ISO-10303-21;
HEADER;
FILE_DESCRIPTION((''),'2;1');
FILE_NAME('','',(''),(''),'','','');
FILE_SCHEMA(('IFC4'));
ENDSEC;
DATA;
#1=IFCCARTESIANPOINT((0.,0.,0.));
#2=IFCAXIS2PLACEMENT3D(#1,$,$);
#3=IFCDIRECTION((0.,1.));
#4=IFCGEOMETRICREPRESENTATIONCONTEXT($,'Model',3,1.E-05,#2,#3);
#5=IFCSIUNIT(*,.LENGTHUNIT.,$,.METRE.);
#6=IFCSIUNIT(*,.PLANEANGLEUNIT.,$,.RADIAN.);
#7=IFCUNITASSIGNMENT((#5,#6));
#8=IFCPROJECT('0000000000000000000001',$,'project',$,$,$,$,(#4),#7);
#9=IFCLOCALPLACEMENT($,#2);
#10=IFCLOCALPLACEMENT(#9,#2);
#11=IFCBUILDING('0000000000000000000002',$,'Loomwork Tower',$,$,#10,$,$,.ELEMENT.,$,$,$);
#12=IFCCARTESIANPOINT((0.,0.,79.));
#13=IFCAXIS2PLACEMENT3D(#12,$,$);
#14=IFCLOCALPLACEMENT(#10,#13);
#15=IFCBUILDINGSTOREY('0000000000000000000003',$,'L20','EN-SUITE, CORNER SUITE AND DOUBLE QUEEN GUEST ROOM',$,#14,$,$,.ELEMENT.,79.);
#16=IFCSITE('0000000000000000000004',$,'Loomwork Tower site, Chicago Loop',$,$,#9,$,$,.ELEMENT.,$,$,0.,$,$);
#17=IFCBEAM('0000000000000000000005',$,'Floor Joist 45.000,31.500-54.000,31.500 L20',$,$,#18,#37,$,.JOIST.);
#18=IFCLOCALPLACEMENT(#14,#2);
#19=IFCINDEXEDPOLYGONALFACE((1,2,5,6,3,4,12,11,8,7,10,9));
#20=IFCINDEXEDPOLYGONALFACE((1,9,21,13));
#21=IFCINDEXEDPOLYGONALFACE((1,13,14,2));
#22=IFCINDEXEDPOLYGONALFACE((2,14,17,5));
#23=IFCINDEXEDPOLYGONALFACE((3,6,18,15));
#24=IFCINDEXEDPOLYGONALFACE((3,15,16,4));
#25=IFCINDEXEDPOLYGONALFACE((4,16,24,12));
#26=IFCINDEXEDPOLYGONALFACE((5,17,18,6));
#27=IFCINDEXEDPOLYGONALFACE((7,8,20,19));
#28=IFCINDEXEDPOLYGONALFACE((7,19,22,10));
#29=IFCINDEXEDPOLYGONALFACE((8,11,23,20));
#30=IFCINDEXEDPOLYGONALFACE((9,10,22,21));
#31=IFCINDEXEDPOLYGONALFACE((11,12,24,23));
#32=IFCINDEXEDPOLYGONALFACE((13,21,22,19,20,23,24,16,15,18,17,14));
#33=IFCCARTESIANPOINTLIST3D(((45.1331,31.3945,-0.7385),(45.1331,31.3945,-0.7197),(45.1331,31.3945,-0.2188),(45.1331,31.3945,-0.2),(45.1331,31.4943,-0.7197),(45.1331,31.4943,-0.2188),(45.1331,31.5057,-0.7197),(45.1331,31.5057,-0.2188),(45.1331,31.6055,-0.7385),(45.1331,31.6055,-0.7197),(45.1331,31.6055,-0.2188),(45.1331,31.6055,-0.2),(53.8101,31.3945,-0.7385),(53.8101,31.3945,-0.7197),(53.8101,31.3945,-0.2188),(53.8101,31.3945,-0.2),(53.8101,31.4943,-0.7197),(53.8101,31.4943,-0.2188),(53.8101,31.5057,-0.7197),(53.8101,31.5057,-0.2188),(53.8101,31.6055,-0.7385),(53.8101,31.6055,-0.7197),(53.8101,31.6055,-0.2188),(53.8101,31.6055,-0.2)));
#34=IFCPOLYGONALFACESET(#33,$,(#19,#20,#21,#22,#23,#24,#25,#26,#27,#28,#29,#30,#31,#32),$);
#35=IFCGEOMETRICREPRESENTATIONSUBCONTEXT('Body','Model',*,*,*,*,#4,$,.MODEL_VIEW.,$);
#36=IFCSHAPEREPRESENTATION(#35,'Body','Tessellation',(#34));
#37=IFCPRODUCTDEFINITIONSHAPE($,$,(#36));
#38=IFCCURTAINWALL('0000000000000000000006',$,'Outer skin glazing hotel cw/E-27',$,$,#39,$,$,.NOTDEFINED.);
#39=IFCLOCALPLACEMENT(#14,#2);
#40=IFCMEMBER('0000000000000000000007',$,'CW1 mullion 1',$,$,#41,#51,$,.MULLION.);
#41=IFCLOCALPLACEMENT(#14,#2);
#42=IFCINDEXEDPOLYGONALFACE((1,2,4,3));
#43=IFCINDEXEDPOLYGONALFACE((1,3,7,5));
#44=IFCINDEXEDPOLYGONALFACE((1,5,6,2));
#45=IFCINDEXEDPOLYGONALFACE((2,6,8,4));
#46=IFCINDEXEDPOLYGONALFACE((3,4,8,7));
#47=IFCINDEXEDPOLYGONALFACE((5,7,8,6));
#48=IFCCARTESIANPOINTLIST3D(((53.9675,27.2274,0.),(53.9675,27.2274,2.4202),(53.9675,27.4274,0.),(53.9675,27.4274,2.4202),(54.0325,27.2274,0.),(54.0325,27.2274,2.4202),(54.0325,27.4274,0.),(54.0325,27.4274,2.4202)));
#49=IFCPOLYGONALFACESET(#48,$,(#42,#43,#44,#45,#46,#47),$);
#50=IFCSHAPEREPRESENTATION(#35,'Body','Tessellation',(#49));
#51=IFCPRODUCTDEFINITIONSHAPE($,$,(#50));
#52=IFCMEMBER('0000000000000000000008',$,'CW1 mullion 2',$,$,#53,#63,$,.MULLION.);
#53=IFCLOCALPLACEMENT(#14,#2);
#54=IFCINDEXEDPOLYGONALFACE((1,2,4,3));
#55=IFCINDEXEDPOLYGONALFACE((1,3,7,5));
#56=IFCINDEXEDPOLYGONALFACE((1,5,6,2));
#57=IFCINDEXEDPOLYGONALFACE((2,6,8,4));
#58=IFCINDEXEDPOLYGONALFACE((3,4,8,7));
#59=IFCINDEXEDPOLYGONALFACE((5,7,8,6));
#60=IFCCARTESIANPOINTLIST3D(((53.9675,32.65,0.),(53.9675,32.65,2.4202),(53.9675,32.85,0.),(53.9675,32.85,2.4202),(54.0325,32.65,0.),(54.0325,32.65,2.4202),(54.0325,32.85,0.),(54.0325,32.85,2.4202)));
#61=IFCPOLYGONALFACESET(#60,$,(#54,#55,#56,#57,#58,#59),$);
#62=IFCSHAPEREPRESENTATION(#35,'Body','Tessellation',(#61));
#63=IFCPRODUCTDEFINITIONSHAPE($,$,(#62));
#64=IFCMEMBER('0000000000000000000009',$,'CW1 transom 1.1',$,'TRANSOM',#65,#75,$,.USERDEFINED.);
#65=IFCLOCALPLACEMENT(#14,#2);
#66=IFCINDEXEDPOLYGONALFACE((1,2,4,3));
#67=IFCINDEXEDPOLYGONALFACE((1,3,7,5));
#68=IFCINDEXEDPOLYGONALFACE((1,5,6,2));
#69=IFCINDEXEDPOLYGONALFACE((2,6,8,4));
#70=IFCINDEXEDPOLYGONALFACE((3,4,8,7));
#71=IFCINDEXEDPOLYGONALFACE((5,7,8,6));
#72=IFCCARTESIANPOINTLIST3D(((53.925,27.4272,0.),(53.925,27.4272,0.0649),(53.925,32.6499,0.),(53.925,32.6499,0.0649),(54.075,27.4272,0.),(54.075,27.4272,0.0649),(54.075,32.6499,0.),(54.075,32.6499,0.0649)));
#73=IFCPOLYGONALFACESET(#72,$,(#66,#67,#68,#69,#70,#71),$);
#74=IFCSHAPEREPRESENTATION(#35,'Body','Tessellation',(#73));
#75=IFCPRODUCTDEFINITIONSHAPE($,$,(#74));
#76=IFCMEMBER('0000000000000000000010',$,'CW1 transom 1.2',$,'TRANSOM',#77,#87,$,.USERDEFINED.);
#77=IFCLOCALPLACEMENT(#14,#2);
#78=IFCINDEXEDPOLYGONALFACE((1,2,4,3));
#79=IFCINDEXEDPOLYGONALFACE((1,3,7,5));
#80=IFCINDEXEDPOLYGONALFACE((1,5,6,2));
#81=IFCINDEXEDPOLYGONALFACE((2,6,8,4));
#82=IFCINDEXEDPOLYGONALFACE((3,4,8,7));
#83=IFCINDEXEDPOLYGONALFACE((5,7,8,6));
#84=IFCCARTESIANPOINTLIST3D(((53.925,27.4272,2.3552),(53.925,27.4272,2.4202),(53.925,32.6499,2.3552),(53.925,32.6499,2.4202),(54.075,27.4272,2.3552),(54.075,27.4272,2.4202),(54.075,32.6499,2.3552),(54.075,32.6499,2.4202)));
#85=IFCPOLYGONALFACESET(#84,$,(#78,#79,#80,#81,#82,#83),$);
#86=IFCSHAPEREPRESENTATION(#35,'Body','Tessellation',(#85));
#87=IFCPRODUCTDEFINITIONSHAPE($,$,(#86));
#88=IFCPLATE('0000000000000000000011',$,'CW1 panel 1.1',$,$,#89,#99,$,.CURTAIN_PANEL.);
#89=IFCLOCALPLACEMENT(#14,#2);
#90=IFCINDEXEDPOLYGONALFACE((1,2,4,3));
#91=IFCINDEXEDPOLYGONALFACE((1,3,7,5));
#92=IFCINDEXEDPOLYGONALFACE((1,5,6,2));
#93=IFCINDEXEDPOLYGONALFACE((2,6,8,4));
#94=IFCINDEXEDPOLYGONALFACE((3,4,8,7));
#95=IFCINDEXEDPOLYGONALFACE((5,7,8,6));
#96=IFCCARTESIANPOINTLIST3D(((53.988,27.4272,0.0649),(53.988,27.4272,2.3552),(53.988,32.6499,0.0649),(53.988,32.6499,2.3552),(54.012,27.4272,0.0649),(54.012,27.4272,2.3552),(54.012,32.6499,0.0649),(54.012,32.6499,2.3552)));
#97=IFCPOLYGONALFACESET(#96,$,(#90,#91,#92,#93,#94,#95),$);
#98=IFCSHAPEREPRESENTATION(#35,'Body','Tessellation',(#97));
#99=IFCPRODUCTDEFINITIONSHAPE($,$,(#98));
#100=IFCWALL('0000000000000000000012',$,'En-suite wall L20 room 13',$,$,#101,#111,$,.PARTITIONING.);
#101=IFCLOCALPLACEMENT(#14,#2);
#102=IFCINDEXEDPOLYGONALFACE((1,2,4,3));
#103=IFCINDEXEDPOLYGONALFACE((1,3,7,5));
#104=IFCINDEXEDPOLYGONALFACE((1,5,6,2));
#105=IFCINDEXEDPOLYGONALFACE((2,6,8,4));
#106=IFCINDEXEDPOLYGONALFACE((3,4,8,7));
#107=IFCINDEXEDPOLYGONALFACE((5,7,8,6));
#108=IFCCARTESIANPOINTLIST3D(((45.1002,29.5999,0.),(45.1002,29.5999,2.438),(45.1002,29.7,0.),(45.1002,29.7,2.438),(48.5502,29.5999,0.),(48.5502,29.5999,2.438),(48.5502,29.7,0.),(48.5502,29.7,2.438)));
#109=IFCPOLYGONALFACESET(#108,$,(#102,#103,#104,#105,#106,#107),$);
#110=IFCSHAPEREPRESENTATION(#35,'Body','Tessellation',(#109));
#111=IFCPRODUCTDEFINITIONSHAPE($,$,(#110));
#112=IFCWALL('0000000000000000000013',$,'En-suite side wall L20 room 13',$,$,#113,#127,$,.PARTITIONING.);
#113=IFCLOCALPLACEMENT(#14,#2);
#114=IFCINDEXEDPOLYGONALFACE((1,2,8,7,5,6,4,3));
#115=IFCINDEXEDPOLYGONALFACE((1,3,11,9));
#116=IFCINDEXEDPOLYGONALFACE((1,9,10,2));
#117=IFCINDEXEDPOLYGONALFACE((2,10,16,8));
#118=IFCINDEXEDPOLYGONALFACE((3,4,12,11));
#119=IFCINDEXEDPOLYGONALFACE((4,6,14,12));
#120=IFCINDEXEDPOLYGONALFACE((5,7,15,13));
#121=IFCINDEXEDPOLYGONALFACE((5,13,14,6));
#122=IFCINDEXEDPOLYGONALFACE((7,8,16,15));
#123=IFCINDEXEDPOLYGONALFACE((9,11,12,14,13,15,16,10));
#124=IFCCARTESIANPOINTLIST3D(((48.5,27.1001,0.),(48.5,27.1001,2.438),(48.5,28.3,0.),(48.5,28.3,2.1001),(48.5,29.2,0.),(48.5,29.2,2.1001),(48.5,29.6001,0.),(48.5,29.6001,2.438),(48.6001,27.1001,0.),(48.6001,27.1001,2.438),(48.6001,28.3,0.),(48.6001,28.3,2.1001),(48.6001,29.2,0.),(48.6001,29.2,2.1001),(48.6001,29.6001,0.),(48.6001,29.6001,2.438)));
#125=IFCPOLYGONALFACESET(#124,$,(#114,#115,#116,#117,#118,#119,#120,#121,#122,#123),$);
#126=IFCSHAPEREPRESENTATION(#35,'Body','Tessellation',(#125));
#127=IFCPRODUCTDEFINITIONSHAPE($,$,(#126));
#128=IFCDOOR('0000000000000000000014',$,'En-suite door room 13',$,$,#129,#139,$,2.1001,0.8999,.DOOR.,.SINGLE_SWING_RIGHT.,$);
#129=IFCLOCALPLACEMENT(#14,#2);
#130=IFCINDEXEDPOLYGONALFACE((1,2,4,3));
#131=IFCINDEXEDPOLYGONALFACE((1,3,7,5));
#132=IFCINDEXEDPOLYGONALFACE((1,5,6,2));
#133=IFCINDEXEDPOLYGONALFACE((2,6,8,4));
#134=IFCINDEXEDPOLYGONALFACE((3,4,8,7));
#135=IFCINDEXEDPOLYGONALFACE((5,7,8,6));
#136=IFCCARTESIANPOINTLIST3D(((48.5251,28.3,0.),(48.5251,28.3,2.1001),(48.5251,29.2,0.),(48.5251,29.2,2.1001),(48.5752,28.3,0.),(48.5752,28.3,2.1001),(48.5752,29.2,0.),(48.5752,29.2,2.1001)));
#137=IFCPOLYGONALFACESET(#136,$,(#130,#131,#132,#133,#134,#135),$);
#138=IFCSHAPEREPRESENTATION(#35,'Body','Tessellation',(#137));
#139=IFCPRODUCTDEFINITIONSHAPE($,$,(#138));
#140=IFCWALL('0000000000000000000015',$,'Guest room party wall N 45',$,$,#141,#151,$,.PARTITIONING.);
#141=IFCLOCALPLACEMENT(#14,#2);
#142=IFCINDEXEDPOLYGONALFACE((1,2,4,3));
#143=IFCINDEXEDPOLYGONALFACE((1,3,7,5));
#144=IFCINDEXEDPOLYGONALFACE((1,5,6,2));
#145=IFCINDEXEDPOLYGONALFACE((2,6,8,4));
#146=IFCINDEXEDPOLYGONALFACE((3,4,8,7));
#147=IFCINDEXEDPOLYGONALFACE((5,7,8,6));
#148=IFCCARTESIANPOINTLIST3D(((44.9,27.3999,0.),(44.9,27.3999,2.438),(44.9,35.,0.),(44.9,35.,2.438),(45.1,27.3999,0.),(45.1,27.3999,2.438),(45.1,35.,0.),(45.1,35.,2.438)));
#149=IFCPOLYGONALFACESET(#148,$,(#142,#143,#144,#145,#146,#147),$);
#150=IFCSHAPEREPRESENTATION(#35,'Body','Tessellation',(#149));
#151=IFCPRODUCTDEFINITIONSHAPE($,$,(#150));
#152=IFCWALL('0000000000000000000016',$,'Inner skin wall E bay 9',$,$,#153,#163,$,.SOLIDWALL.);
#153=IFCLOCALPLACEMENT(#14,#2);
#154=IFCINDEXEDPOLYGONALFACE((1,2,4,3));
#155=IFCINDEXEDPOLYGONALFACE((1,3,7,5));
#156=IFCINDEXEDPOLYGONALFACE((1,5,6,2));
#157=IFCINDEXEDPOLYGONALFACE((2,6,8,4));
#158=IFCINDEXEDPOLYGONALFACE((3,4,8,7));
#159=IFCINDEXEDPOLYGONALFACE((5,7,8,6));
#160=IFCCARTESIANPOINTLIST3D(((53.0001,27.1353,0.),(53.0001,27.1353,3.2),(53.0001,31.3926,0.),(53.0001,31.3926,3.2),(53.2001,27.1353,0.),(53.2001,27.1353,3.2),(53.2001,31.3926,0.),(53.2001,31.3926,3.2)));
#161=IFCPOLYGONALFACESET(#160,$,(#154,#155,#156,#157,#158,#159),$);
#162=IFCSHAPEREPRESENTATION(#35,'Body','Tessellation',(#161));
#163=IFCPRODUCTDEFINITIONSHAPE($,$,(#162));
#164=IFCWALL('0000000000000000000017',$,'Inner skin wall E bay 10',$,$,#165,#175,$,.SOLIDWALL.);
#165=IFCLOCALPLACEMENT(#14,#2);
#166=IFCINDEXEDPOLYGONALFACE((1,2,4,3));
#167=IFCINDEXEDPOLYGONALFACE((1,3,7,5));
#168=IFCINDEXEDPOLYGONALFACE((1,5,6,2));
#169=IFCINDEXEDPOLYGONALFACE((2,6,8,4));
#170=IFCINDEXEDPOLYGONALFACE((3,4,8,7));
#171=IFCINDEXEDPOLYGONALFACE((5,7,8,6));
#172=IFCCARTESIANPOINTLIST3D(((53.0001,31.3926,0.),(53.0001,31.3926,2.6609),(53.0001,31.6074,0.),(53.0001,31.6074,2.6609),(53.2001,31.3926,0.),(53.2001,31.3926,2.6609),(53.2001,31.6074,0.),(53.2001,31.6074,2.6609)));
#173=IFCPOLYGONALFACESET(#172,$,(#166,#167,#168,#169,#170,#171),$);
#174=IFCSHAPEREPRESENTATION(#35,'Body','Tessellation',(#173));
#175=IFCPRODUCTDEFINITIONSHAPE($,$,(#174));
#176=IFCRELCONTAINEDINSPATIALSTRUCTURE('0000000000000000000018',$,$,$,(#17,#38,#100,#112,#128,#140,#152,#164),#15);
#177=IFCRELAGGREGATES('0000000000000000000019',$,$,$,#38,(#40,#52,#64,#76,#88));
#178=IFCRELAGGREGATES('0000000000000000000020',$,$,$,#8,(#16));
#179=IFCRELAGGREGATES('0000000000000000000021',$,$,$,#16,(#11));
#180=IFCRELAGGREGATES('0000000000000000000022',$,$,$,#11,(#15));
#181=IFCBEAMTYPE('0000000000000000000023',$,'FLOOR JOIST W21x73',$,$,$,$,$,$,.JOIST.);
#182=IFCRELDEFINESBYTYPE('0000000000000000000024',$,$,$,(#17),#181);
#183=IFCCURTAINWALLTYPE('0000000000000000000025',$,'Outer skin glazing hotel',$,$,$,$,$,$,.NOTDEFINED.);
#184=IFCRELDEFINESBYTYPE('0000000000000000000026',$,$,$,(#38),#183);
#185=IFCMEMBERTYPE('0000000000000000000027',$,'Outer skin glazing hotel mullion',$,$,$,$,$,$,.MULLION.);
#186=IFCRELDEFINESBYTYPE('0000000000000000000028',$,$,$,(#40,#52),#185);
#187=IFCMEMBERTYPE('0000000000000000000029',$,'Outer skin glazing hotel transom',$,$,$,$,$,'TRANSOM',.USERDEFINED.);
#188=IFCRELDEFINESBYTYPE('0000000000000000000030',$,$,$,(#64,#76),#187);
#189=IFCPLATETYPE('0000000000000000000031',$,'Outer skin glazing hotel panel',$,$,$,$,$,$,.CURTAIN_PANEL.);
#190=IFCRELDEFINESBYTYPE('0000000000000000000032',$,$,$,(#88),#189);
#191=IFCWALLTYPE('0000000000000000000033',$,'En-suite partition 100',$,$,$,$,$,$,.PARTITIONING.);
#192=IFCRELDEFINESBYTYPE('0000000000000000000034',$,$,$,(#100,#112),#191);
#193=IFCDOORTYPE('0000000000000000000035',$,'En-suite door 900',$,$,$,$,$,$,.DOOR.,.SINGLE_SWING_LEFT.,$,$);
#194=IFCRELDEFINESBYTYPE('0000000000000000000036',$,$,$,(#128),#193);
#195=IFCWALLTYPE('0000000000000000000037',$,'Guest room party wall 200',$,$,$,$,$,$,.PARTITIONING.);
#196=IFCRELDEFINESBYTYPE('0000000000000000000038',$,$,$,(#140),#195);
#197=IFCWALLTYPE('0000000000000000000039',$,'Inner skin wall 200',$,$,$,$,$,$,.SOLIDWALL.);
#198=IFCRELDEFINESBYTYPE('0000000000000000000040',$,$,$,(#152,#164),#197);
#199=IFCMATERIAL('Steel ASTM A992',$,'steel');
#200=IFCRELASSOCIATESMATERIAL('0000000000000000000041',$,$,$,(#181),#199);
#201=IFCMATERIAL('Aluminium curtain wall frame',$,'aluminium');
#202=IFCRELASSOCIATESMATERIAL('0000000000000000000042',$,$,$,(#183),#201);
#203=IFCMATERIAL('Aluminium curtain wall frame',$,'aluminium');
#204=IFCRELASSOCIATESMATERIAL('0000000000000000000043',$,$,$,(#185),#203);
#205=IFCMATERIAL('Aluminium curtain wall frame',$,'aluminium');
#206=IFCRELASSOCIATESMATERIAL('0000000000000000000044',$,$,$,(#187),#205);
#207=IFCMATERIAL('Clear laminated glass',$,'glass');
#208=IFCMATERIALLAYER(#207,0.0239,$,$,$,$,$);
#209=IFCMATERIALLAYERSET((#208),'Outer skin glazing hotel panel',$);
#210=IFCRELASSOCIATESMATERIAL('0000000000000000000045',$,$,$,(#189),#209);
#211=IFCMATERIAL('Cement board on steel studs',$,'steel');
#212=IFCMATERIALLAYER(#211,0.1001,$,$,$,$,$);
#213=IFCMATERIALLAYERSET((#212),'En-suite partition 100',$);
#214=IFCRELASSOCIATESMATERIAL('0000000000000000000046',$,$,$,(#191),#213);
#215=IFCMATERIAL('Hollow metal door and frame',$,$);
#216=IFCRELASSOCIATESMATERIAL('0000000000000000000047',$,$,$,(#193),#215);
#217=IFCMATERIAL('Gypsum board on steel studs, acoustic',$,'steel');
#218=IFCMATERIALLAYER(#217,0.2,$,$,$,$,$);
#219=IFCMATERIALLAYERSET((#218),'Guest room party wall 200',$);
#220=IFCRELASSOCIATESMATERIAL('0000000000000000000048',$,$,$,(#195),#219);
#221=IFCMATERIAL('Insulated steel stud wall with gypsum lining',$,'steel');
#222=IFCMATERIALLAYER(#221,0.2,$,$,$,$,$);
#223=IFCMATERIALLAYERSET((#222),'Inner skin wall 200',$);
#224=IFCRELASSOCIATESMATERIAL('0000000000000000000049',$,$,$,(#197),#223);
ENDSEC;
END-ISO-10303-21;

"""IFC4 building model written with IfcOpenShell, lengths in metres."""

from ifc_helpers import new_model, si_unit, direction, frame, frame_2d, origin, origin_2d, place, context, subcontext, project, spatial, rectangle, i_section, extrude, material, layer, layer_set, material_profile, profile_set, type_object, element, fill, aggregate, save


model = new_model("IFC4")

# Units and contexts
model_context = context("Model", 3, precision=1e-05, world=origin(), true_north=direction((0.0, 1.0)))
body_context = subcontext(model_context, "Body", "Model", "MODEL_VIEW")
ifc_project = project(units=[si_unit("LENGTHUNIT", "METRE"), si_unit("PLANEANGLEUNIT", "RADIAN")], contexts=[model_context])

# Site, building, storey
site_placement = place(None, origin())
site = spatial("IfcSite", under=ifc_project, at=site_placement, Name="Loomwork Tower site, Chicago Loop", CompositionType="ELEMENT", RefElevation=0.0)
building_placement = place(site_placement, origin())
building = spatial("IfcBuilding", under=site, at=building_placement, Name="Loomwork Tower", CompositionType="ELEMENT")
storey_placement = place(building_placement, frame((0.0, 0.0, 79.0)))
storey = spatial("IfcBuildingStorey", under=building, at=storey_placement, Name="L20", Description="EN-SUITE, CORNER SUITE AND DOUBLE QUEEN GUEST ROOM", CompositionType="ELEMENT", Elevation=79.0)

# Beam
ifc_material_1 = material(Name="Steel ASTM A992", Category="steel")
ifc_material_profile_1 = material_profile(ifc_material_1, i_section(OverallWidth=0.2109, OverallDepth=0.5386, WebThickness=0.0115, FlangeThickness=0.0188, at=origin_2d()), Name="W21x73")
ifc_profile_set_1 = profile_set([ifc_material_profile_1], Name="Steel ASTM A992")
beam_type = type_object("IfcBeamType", Name="FLOOR JOIST W21x73", PredefinedType="JOIST", material=ifc_profile_set_1)
beam_placement = place(storey_placement, frame((45.1331, 31.5, -0.4692), z_axis=(1.0, 0.0, 0.0), x_axis=(0.0, 1.0, 0.0)))
element("IfcBeam", 1, at=beam_placement, inside=storey, type_object=beam_type, Name="Floor Joist 45.000,31.500-54.000,31.500 L20", PredefinedType="JOIST", context=body_context, shape_type="SweptSolid", body=[
    extrude(i_section(OverallWidth=0.2109, OverallDepth=0.5386, WebThickness=0.0115, FlangeThickness=0.0188, at=origin_2d()), origin(), (0.0, 0.0, 1.0), 8.677),
])

# Curtain wall, members, plate
ifc_material_2 = material(Name="Aluminium curtain wall frame", Category="aluminium")
curtain_wall_type = type_object("IfcCurtainWallType", Name="Outer skin glazing hotel", PredefinedType="NOTDEFINED", material=ifc_material_2)
curtain_wall_placement = place(storey_placement, origin())
curtain_wall = element("IfcCurtainWall", 2, at=curtain_wall_placement, inside=storey, type_object=curtain_wall_type, Name="Outer skin glazing hotel cw/E-27", PredefinedType="NOTDEFINED")
ifc_material_3 = material(Name="Aluminium curtain wall frame", Category="aluminium")
ifc_material_profile_2 = material_profile(ifc_material_3, rectangle(XDim=0.0649, YDim=0.2, at=origin_2d()), Name="AL 65x200")
ifc_profile_set_2 = profile_set([ifc_material_profile_2], Name="Aluminium curtain wall frame")
member_type_1 = type_object("IfcMemberType", Name="Outer skin glazing hotel mullion", PredefinedType="MULLION", material=ifc_profile_set_2)
member_1_placement = place(storey_placement, frame((54.0, 27.3274, 0.0), z_axis=(0.0, 0.0, 1.0), x_axis=(-1.0, 0.0, 0.0)))
member_1 = element("IfcMember", 3, at=member_1_placement, type_object=member_type_1, Name="CW1 mullion 1", PredefinedType="MULLION", context=body_context, shape_type="SweptSolid", body=[
    extrude(rectangle(XDim=0.0649, YDim=0.2, at=origin_2d()), origin(), (0.0, 0.0, 1.0), 2.4202),
])
member_2_placement = place(storey_placement, frame((54.0, 32.75, 0.0), z_axis=(0.0, 0.0, 1.0), x_axis=(-1.0, 0.0, 0.0)))
member_2 = element("IfcMember", 4, at=member_2_placement, type_object=member_type_1, Name="CW1 mullion 2", PredefinedType="MULLION", context=body_context, shape_type="SweptSolid", body=[
    extrude(rectangle(XDim=0.0649, YDim=0.2, at=origin_2d()), origin(), (0.0, 0.0, 1.0), 2.4202),
])
ifc_material_4 = material(Name="Aluminium curtain wall frame", Category="aluminium")
ifc_material_profile_3 = material_profile(ifc_material_4, rectangle(XDim=0.1499, YDim=0.0649, at=origin_2d()), Name="AL 65x150")
ifc_profile_set_3 = profile_set([ifc_material_profile_3], Name="Aluminium curtain wall frame")
member_type_2 = type_object("IfcMemberType", Name="Outer skin glazing hotel transom", ElementType="TRANSOM", PredefinedType="USERDEFINED", material=ifc_profile_set_3)
member_3_placement = place(storey_placement, frame((54.0, 27.4272, 0.0325), z_axis=(0.0, 1.0, 0.0), x_axis=(-1.0, 0.0, 0.0)))
member_3 = element("IfcMember", 5, at=member_3_placement, type_object=member_type_2, Name="CW1 transom 1.1", ObjectType="TRANSOM", PredefinedType="USERDEFINED", context=body_context, shape_type="SweptSolid", body=[
    extrude(rectangle(XDim=0.1499, YDim=0.0649, at=origin_2d()), origin(), (0.0, 0.0, 1.0), 5.2227),
])
member_4_placement = place(storey_placement, frame((54.0, 27.4272, 2.3877), z_axis=(0.0, 1.0, 0.0), x_axis=(-1.0, 0.0, 0.0)))
member_4 = element("IfcMember", 6, at=member_4_placement, type_object=member_type_2, Name="CW1 transom 1.2", ObjectType="TRANSOM", PredefinedType="USERDEFINED", context=body_context, shape_type="SweptSolid", body=[
    extrude(rectangle(XDim=0.1499, YDim=0.0649, at=origin_2d()), origin(), (0.0, 0.0, 1.0), 5.2227),
])
ifc_material_5 = material(Name="Clear laminated glass", Category="glass")
ifc_layer_1 = layer(ifc_material_5, 0.0239)
ifc_layer_set_1 = layer_set([ifc_layer_1], Name="Outer skin glazing hotel panel")
plate_type = type_object("IfcPlateType", Name="Outer skin glazing hotel panel", PredefinedType="CURTAIN_PANEL", material=ifc_layer_set_1)
plate_placement = place(storey_placement, frame((54.0, 30.0386, 0.0649), z_axis=(0.0, 0.0, 1.0), x_axis=(0.0, 1.0, 0.0)))
plate = element("IfcPlate", 7, at=plate_placement, type_object=plate_type, Name="CW1 panel 1.1", PredefinedType="CURTAIN_PANEL", context=body_context, shape_type="SweptSolid", body=[
    extrude(rectangle(XDim=5.2227, YDim=0.0239, at=origin_2d()), origin(), (0.0, 0.0, 1.0), 2.2903),
])
aggregate(curtain_wall, [member_1, member_2, member_3, member_4, plate])

# Wall
ifc_material_6 = material(Name="Cement board on steel studs", Category="steel")
ifc_layer_2 = layer(ifc_material_6, 0.1001)
ifc_layer_set_2 = layer_set([ifc_layer_2], Name="En-suite partition 100")
wall_type_1 = type_object("IfcWallType", Name="En-suite partition 100", PredefinedType="PARTITIONING", material=ifc_layer_set_2)
wall_1_placement = place(storey_placement, frame((45.1001, 29.6499, 0.0), z_axis=(0.0, 0.0, 1.0), x_axis=(1.0, 0.0, 0.0)))
element("IfcWall", 8, at=wall_1_placement, inside=storey, type_object=wall_type_1, Name="En-suite wall L20 room 13", PredefinedType="PARTITIONING", context=body_context, shape_type="SweptSolid", body=[
    extrude(rectangle(XDim=3.45, YDim=0.1001, at=frame_2d((1.7251, 0.0))), origin(), (0.0, 0.0, 1.0), 2.438),
])

# Wall, opening, door
wall_2_placement = place(storey_placement, frame((48.55, 27.1001, 0.0), z_axis=(0.0, 0.0, 1.0), x_axis=(0.0, 1.0, 0.0)))
wall_2 = element("IfcWall", 9, at=wall_2_placement, inside=storey, type_object=wall_type_1, Name="En-suite side wall L20 room 13", PredefinedType="PARTITIONING", context=body_context, shape_type="SweptSolid", body=[
    extrude(rectangle(XDim=2.5, YDim=0.1001, at=frame_2d((1.25, 0.0))), origin(), (0.0, 0.0, 1.0), 2.438),
])
opening_placement = place(wall_2_placement, frame((1.2, 0.0, 0.0)))
opening = element("IfcOpeningElement", 10, at=opening_placement, cuts=wall_2, PredefinedType="OPENING", context=body_context, shape_type="SweptSolid", body=[
    extrude(rectangle(XDim=0.8999, YDim=2.1001, at=frame_2d((0.45, 1.05))), frame((0.0, 0.0601, 0.0), z_axis=(0.0, -1.0, 0.0), x_axis=(1.0, 0.0, 0.0)), (0.0, 0.0, 1.0), 0.1201),
])
ifc_material_7 = material(Name="Hollow metal door and frame")
door_type = type_object("IfcDoorType", Name="En-suite door 900", OperationType="SINGLE_SWING_LEFT", PredefinedType="DOOR", material=ifc_material_7)
door_placement = place(opening_placement, origin())
door = element("IfcDoor", 11, at=door_placement, inside=storey, type_object=door_type, Name="En-suite door room 13", OperationType="SINGLE_SWING_RIGHT", OverallHeight=2.1001, OverallWidth=0.8999, PredefinedType="DOOR", context=body_context, shape_type="SweptSolid", body=[
    extrude(rectangle(XDim=0.8999, YDim=2.1001, at=frame_2d((0.45, 1.05))), frame((0.0, 0.0249, 0.0), z_axis=(0.0, -1.0, 0.0), x_axis=(1.0, 0.0, 0.0)), (0.0, 0.0, 1.0), 0.05),
])
fill(opening, door)

# Walls
ifc_material_8 = material(Name="Gypsum board on steel studs, acoustic", Category="steel")
ifc_layer_3 = layer(ifc_material_8, 0.2)
ifc_layer_set_3 = layer_set([ifc_layer_3], Name="Guest room party wall 200")
wall_type_2 = type_object("IfcWallType", Name="Guest room party wall 200", PredefinedType="PARTITIONING", material=ifc_layer_set_3)
wall_3_placement = place(storey_placement, frame((45.0, 27.3999, 0.0), z_axis=(0.0, 0.0, 1.0), x_axis=(0.0, 1.0, 0.0)))
element("IfcWall", 12, at=wall_3_placement, inside=storey, type_object=wall_type_2, Name="Guest room party wall N 45", PredefinedType="PARTITIONING", context=body_context, shape_type="SweptSolid", body=[
    extrude(rectangle(XDim=7.6001, YDim=0.2, at=frame_2d((3.8, 0.0))), origin(), (0.0, 0.0, 1.0), 2.438),
])
ifc_material_9 = material(Name="Insulated steel stud wall with gypsum lining", Category="steel")
ifc_layer_4 = layer(ifc_material_9, 0.2)
ifc_layer_set_4 = layer_set([ifc_layer_4], Name="Inner skin wall 200")
wall_type_3 = type_object("IfcWallType", Name="Inner skin wall 200", PredefinedType="SOLIDWALL", material=ifc_layer_set_4)
wall_4_placement = place(storey_placement, frame((53.1001, 27.1353, 0.0), z_axis=(0.0, 0.0, 1.0), x_axis=(0.0, 1.0, 0.0)))
element("IfcWall", 13, at=wall_4_placement, inside=storey, type_object=wall_type_3, Name="Inner skin wall E bay 9", PredefinedType="SOLIDWALL", context=body_context, shape_type="SweptSolid", body=[
    extrude(rectangle(XDim=4.2573, YDim=0.2, at=frame_2d((2.1287, 0.0))), origin(), (0.0, 0.0, 1.0), 3.2),
])
wall_5_placement = place(storey_placement, frame((53.1001, 31.3926, 0.0), z_axis=(0.0, 0.0, 1.0), x_axis=(0.0, 1.0, 0.0)))
element("IfcWall", 14, at=wall_5_placement, inside=storey, type_object=wall_type_3, Name="Inner skin wall E bay 10", PredefinedType="SOLIDWALL", context=body_context, shape_type="SweptSolid", body=[
    extrude(rectangle(XDim=0.2148, YDim=0.2, at=frame_2d((0.1074, 0.0))), origin(), (0.0, 0.0, 1.0), 2.6609),
])

save(model, "model.ifc")
